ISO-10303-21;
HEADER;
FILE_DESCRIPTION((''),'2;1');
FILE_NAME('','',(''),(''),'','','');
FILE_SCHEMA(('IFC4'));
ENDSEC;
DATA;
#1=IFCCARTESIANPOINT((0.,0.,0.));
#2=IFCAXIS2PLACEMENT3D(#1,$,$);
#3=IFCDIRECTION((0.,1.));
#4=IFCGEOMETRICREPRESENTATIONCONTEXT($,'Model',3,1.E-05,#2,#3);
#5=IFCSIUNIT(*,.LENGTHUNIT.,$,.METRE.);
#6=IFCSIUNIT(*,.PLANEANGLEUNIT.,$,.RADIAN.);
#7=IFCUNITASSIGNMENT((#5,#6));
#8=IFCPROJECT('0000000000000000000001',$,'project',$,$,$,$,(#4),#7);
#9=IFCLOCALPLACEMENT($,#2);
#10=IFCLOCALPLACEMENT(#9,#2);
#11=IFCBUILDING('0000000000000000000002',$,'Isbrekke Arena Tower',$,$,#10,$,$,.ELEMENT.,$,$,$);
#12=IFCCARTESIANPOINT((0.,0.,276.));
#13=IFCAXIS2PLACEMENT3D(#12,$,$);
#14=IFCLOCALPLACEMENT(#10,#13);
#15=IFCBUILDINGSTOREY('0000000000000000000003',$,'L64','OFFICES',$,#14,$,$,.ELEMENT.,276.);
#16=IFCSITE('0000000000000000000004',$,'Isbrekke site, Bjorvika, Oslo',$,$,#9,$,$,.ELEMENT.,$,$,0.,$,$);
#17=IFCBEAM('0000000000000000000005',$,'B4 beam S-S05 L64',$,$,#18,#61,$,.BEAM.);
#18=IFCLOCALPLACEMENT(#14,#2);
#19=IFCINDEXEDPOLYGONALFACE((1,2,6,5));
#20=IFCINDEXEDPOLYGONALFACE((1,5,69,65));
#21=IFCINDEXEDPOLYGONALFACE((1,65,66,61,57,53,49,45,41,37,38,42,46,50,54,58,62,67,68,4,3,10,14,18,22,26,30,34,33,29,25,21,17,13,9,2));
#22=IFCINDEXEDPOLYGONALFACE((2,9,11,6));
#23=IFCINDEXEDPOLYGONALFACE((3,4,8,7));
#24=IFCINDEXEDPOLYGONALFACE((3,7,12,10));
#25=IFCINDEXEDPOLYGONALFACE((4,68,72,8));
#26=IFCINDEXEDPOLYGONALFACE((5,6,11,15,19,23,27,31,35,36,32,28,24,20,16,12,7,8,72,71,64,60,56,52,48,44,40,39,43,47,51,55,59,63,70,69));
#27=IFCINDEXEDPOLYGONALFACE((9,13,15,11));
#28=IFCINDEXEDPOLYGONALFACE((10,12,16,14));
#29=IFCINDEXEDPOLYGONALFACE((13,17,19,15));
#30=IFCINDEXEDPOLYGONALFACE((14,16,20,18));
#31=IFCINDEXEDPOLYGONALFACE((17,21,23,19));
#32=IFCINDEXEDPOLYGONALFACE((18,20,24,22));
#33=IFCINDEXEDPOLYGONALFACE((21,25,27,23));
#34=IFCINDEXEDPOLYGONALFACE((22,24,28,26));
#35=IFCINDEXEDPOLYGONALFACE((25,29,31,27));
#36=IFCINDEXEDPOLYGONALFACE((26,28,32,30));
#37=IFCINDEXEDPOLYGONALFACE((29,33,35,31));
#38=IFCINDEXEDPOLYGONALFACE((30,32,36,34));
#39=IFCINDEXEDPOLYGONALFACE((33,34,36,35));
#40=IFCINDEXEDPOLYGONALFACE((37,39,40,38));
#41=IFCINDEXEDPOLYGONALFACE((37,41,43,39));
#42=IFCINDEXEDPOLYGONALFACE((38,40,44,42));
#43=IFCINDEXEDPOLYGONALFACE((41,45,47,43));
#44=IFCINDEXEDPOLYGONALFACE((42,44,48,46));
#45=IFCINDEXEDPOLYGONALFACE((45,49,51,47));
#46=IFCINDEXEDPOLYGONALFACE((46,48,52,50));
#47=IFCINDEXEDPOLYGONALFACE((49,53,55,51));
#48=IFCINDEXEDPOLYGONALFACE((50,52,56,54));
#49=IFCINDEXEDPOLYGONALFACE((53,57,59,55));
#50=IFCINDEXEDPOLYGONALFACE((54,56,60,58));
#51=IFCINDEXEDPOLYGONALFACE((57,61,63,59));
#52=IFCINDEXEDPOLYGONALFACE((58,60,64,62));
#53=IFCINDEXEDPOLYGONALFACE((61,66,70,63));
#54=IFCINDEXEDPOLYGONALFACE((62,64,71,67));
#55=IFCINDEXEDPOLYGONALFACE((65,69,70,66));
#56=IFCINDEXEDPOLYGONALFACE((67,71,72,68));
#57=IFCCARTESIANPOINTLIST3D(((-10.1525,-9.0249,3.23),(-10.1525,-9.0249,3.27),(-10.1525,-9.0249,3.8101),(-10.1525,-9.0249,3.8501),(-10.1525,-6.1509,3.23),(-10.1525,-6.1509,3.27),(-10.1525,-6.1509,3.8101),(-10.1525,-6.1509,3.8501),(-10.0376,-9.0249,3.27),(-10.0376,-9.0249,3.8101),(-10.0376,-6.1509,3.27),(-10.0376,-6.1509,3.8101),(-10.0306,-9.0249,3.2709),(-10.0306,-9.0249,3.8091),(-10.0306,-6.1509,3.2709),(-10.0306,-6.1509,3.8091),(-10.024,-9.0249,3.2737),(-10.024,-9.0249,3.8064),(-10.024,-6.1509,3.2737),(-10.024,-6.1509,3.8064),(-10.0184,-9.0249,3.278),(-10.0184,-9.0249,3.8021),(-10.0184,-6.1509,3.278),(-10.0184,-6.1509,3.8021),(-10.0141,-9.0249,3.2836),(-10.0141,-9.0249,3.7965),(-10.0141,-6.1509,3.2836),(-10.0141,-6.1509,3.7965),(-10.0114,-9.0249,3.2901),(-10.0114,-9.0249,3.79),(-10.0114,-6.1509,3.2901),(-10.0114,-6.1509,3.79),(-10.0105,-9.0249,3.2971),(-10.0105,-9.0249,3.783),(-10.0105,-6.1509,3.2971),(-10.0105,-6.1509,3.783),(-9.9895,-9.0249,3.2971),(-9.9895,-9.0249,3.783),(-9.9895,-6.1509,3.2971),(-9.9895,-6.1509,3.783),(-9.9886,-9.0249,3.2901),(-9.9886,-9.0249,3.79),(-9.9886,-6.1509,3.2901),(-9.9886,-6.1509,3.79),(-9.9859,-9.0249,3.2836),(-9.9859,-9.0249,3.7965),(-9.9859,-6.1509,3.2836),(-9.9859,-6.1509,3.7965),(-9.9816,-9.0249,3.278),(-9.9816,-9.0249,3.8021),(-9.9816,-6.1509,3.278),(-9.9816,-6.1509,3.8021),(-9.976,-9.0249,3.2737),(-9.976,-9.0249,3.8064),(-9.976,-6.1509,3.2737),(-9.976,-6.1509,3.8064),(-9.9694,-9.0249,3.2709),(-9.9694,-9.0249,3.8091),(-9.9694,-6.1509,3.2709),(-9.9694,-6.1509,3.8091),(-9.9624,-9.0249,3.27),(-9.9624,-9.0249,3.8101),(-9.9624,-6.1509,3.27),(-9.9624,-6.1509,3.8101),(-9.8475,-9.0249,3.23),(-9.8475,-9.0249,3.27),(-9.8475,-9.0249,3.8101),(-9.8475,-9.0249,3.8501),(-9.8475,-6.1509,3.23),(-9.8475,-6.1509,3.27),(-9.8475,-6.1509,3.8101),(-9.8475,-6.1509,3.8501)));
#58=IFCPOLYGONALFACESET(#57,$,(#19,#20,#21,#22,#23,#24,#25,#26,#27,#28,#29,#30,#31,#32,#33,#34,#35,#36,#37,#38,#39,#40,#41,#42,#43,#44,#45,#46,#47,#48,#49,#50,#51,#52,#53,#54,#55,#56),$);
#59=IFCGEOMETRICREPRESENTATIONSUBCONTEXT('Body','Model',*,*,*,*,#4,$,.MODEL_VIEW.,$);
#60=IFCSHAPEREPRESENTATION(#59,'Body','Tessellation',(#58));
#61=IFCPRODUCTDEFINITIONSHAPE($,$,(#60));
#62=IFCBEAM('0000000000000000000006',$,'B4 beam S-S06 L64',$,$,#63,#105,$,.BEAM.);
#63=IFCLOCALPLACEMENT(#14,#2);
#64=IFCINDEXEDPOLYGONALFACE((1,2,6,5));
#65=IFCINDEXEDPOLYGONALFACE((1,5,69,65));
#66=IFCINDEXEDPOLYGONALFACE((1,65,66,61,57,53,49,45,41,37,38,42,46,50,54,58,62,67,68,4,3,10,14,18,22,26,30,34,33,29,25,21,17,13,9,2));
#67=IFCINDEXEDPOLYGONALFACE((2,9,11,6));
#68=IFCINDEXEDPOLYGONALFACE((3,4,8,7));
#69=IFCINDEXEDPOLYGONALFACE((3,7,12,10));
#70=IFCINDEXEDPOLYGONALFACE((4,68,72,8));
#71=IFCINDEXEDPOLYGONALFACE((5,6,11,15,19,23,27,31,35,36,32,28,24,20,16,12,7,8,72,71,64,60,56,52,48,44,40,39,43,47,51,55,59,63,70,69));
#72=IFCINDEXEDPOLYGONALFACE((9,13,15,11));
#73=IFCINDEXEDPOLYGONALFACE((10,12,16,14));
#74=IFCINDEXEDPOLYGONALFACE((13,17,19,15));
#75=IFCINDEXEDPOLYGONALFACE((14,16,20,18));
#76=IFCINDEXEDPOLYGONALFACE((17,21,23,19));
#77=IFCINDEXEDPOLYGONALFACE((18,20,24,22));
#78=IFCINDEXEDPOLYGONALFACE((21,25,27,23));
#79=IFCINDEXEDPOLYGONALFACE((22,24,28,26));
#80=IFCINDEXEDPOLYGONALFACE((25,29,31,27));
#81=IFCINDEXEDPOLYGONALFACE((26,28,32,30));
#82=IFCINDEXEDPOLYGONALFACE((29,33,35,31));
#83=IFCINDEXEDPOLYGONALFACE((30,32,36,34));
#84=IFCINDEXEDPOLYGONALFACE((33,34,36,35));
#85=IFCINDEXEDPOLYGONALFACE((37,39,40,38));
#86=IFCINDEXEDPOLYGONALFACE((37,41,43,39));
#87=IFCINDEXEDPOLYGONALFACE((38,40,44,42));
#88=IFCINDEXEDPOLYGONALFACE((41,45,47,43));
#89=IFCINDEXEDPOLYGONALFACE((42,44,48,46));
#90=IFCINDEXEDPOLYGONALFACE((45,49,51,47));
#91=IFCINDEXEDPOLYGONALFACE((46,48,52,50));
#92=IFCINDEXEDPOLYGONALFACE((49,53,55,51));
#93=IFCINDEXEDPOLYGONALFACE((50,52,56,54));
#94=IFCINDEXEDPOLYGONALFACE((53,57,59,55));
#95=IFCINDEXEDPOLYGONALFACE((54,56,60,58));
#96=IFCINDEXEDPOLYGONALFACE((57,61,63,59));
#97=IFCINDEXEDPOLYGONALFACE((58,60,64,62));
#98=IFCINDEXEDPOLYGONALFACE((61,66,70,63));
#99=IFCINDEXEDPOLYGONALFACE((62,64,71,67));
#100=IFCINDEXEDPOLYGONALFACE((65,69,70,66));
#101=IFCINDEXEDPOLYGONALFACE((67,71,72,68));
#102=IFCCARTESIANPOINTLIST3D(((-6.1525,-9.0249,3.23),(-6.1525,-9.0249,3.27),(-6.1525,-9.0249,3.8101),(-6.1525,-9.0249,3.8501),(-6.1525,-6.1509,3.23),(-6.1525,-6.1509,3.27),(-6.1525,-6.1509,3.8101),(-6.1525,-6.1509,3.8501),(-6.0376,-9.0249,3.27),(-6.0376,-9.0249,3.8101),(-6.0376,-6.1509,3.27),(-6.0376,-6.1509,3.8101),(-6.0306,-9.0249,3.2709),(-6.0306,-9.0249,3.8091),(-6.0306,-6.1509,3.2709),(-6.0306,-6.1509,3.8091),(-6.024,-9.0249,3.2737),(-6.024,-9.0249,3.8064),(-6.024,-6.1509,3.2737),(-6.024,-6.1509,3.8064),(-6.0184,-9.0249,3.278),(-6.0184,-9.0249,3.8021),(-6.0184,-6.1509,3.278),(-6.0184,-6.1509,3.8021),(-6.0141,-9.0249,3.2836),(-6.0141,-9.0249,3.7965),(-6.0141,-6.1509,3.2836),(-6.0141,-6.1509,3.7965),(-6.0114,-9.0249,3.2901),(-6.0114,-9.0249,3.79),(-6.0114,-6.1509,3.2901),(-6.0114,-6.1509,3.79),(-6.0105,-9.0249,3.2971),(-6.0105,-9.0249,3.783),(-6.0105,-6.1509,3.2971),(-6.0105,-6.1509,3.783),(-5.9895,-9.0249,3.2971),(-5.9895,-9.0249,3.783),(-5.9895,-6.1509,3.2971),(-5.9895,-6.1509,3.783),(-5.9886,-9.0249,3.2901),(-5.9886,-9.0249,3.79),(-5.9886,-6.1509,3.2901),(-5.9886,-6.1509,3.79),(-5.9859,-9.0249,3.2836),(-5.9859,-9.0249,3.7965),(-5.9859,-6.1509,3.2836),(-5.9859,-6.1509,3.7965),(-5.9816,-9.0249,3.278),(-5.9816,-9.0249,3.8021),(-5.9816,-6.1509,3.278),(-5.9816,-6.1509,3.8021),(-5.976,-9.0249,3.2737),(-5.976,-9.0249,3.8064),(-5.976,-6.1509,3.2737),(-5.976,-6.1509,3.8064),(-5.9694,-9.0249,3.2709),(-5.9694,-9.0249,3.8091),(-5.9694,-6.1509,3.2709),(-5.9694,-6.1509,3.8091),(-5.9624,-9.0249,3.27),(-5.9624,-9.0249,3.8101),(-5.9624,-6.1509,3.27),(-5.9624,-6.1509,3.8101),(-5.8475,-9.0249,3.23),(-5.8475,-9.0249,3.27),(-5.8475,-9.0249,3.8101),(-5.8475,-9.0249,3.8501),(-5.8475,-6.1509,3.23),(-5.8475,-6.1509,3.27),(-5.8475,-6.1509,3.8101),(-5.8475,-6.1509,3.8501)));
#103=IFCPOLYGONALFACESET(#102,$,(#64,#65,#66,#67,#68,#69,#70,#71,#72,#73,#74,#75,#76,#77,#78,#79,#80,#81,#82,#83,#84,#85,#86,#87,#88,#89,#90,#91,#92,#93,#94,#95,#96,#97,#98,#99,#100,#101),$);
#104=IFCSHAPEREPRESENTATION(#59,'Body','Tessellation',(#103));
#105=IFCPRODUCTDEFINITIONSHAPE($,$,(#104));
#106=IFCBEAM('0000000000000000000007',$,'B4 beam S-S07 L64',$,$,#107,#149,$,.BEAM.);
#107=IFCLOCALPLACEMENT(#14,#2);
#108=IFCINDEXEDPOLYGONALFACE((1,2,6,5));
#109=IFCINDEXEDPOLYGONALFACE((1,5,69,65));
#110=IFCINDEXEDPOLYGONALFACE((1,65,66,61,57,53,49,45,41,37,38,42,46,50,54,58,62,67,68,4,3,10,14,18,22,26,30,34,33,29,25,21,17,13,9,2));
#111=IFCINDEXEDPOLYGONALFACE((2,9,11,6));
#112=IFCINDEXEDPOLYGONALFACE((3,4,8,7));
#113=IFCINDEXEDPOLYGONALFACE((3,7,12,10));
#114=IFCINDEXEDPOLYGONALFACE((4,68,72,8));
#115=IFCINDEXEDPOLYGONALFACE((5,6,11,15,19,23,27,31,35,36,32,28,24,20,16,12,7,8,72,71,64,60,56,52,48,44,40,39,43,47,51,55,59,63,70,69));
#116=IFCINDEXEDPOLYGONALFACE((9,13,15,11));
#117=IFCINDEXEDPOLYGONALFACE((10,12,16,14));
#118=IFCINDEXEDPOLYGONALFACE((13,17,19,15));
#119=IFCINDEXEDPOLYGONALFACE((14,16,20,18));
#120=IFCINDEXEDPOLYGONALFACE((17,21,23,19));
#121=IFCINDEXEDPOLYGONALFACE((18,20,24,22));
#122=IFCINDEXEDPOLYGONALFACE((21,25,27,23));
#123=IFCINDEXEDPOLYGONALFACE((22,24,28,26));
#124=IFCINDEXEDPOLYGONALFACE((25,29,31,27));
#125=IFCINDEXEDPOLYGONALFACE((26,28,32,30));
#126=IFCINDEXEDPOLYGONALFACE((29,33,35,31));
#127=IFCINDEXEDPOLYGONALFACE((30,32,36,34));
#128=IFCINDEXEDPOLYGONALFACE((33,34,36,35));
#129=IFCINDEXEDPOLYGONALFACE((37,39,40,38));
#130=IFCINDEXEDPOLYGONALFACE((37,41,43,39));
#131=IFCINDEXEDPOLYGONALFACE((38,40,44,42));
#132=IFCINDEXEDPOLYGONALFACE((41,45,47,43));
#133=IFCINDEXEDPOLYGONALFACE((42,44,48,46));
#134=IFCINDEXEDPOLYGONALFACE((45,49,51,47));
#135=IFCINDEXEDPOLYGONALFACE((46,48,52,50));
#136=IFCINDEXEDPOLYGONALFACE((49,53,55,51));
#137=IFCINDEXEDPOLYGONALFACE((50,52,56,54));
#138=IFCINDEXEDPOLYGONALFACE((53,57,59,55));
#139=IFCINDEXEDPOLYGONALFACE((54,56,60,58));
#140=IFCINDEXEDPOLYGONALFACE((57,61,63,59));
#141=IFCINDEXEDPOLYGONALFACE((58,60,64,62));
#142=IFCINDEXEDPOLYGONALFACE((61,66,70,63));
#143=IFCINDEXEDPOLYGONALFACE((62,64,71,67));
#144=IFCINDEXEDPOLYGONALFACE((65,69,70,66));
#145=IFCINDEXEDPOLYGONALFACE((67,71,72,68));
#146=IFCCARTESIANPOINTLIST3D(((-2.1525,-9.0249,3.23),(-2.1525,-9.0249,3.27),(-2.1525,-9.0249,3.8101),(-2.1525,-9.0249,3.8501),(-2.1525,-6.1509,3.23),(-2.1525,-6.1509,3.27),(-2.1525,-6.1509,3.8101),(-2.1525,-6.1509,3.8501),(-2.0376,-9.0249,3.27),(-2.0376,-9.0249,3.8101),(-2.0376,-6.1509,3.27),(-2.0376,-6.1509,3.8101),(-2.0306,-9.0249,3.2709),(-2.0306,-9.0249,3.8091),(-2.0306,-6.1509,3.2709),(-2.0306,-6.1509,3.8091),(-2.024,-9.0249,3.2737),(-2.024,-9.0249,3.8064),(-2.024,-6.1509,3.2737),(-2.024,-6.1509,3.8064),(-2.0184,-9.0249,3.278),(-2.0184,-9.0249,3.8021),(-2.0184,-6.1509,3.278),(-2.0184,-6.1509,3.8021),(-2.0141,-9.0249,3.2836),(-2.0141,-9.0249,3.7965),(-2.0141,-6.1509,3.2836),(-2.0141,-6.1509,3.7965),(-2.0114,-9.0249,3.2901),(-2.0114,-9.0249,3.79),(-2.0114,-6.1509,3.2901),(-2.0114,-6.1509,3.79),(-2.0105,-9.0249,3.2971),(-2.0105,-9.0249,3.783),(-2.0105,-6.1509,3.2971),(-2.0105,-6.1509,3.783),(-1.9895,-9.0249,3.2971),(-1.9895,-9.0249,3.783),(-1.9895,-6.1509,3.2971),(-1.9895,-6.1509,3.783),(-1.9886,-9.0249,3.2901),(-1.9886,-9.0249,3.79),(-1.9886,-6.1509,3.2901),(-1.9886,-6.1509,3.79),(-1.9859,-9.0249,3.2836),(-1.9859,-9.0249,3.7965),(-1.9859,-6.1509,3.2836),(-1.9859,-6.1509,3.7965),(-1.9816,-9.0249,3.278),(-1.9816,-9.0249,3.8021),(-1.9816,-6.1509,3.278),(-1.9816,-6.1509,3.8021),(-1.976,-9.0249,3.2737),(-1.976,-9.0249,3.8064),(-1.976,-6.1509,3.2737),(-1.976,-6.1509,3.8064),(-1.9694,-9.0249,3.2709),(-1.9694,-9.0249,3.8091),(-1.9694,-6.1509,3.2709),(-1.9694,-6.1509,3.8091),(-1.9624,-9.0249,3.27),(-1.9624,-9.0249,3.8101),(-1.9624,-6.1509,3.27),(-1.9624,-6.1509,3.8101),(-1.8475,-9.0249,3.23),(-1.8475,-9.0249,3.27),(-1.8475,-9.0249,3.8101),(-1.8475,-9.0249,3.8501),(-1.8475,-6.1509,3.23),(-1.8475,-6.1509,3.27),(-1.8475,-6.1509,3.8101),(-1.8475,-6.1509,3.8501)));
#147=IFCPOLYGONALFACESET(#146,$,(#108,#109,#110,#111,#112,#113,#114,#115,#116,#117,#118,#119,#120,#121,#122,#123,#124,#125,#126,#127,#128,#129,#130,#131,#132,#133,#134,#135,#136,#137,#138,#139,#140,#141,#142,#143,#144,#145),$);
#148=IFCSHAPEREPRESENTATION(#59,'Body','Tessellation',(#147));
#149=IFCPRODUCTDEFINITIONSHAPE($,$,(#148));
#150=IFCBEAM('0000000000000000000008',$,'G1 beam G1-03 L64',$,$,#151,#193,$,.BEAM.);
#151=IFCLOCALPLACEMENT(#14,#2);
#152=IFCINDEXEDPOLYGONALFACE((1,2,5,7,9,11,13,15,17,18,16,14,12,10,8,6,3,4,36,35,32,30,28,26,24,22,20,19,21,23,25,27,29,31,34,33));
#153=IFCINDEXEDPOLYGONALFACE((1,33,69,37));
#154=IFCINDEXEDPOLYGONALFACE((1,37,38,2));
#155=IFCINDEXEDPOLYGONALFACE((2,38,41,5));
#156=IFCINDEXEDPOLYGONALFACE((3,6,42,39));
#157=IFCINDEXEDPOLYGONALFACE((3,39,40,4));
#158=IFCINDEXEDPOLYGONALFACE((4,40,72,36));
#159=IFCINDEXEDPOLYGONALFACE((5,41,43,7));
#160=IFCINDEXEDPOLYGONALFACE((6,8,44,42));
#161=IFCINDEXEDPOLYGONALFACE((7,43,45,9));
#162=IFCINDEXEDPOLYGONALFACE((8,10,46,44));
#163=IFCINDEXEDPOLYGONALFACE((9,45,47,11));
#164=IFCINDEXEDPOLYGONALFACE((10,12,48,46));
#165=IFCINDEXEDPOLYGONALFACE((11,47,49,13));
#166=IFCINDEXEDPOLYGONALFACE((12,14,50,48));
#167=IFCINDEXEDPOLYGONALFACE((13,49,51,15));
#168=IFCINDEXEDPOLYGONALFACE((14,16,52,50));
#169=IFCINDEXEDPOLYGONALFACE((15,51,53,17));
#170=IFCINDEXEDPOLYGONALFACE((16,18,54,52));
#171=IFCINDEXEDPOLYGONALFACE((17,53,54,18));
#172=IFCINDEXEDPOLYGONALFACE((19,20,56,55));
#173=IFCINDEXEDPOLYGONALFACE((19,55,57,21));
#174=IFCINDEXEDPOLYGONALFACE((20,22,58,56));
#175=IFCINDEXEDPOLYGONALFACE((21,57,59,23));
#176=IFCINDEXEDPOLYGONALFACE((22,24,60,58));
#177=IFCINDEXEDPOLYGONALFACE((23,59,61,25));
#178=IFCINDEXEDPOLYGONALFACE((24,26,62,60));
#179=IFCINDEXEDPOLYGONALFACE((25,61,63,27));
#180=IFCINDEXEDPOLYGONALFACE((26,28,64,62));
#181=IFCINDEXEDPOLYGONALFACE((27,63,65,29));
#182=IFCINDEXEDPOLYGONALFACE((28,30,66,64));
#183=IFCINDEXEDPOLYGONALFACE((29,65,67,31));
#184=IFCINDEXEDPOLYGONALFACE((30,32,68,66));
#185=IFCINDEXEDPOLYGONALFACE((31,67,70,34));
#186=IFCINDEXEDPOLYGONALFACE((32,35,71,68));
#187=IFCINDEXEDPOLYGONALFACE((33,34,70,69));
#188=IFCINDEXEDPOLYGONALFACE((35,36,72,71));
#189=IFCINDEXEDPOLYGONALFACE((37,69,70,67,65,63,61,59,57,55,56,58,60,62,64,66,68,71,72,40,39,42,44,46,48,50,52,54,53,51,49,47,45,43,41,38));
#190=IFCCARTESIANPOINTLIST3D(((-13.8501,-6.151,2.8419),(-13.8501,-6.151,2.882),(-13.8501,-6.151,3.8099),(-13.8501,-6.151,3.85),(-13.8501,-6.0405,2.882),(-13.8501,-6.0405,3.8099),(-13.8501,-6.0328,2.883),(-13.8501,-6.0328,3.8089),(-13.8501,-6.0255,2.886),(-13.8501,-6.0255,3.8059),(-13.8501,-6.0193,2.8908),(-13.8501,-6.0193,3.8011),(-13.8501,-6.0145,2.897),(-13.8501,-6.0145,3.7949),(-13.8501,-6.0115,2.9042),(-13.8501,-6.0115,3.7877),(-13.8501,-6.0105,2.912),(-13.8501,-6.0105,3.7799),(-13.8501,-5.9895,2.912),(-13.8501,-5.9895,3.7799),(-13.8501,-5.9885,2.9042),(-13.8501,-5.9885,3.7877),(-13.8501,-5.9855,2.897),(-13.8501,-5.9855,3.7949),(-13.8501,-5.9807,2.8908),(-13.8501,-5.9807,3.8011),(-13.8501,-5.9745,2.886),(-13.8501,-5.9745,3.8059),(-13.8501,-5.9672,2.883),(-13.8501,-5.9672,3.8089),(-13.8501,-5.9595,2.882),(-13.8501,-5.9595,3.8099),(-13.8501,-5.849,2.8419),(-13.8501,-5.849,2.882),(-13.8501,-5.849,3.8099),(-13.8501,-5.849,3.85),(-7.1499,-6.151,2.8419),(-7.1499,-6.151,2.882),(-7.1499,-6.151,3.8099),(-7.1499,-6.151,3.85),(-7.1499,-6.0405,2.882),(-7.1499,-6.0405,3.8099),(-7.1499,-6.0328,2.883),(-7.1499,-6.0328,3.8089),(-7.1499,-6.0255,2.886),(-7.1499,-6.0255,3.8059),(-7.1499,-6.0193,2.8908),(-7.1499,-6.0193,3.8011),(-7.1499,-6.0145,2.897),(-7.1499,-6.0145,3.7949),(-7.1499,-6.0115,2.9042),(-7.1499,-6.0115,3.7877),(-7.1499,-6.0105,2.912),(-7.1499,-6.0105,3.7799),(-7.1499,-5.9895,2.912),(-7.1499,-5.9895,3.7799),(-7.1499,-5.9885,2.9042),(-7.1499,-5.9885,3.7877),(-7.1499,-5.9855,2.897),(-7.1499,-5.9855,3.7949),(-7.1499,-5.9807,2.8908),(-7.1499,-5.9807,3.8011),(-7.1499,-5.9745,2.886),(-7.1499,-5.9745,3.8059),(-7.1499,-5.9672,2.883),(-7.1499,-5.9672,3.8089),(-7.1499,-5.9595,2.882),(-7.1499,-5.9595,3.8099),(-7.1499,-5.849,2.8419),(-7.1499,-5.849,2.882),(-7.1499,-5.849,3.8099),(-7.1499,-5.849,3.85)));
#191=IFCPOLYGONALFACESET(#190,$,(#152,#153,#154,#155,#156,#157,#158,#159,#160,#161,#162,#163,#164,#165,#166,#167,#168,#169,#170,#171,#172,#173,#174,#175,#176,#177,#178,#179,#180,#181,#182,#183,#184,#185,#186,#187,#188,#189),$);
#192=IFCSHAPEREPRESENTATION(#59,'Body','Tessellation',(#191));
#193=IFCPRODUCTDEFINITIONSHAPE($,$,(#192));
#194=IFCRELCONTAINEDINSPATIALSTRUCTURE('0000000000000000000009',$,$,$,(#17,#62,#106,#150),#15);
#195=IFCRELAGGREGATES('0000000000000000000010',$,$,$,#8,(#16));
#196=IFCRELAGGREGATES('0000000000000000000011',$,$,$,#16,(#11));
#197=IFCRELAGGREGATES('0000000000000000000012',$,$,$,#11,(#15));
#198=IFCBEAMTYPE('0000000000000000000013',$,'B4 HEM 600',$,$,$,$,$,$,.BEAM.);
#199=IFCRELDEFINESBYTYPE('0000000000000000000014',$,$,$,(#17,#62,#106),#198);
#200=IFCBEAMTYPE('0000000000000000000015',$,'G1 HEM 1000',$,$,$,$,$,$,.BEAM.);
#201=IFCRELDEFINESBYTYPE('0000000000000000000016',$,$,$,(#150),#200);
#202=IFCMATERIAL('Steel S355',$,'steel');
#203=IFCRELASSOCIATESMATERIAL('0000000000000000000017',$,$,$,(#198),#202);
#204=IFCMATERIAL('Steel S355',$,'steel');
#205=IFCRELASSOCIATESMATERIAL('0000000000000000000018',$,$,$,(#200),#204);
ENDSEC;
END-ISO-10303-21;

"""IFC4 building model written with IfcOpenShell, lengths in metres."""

from ifc_helpers import new_model, si_unit, direction, frame, origin, origin_2d, place, context, subcontext, project, spatial, i_section, extrude, material, material_profile, profile_set, type_object, element, save


model = new_model("IFC4")

# Units and contexts
model_context = context("Model", 3, precision=1e-05, world=origin(), true_north=direction((0.0, 1.0)))
body_context = subcontext(model_context, "Body", "Model", "MODEL_VIEW")
ifc_project = project(units=[si_unit("LENGTHUNIT", "METRE"), si_unit("PLANEANGLEUNIT", "RADIAN")], contexts=[model_context])

# Site, building, storey
site_placement = place(None, origin())
site = spatial("IfcSite", under=ifc_project, at=site_placement, Name="Isbrekke site, Bjorvika, Oslo", CompositionType="ELEMENT", RefElevation=0.0)
building_placement = place(site_placement, origin())
building = spatial("IfcBuilding", under=site, at=building_placement, Name="Isbrekke Arena Tower", CompositionType="ELEMENT")
storey_placement = place(building_placement, frame((0.0, 0.0, 276.0)))
storey = spatial("IfcBuildingStorey", under=building, at=storey_placement, Name="L64", Description="OFFICES", CompositionType="ELEMENT", Elevation=276.0)

# Beams
ifc_material_1 = material(Name="Steel S355", Category="steel")
ifc_material_profile_1 = material_profile(ifc_material_1, i_section(OverallWidth=0.3049, OverallDepth=0.6201, WebThickness=0.021, FlangeThickness=0.04, FilletRadius=0.0271, at=origin_2d()), Name="HEM 600")
ifc_profile_set_1 = profile_set([ifc_material_profile_1], Name="Steel S355")
beam_type_1 = type_object("IfcBeamType", Name="B4 HEM 600", PredefinedType="BEAM", material=ifc_profile_set_1)
for number, where, z_axis, x_axis, name in (
    (1, (-10.0, -9.0249, 3.54), (0.0, 1.0, 0.0), (-1.0, 0.0, 0.0), "B4 beam S-S05 L64"),
    (2, (-6.0, -9.0249, 3.54), (0.0, 1.0, 0.0), (-1.0, 0.0, 0.0), "B4 beam S-S06 L64"),
    (3, (-2.0, -9.0249, 3.54), (0.0, 1.0, 0.0), (-1.0, 0.0, 0.0), "B4 beam S-S07 L64"),
):
    element("IfcBeam", number, at=place(storey_placement, frame(where, z_axis=z_axis, x_axis=x_axis)), inside=storey, type_object=beam_type_1, Name=name, PredefinedType="BEAM", context=body_context, shape_type="SweptSolid", body=[
        extrude(i_section(OverallWidth=0.3049, OverallDepth=0.6201, WebThickness=0.021, FlangeThickness=0.04, FilletRadius=0.0271, at=origin_2d()), origin(), (0.0, 0.0, 1.0), 2.874),
    ])
ifc_material_2 = material(Name="Steel S355", Category="steel")
ifc_material_profile_2 = material_profile(ifc_material_2, i_section(OverallWidth=0.302, OverallDepth=1.0081, WebThickness=0.021, FlangeThickness=0.04, FilletRadius=0.03, at=origin_2d()), Name="HEM 1000")
ifc_profile_set_2 = profile_set([ifc_material_profile_2], Name="Steel S355")
beam_type_2 = type_object("IfcBeamType", Name="G1 HEM 1000", PredefinedType="BEAM", material=ifc_profile_set_2)
for number, where, z_axis, x_axis, name in (
    (4, (-13.8501, -6.0, 3.3459), (1.0, 0.0, 0.0), (0.0, 1.0, 0.0), "G1 beam G1-03 L64"),
):
    element("IfcBeam", number, at=place(storey_placement, frame(where, z_axis=z_axis, x_axis=x_axis)), inside=storey, type_object=beam_type_2, Name=name, PredefinedType="BEAM", context=body_context, shape_type="SweptSolid", body=[
        extrude(i_section(OverallWidth=0.302, OverallDepth=1.0081, WebThickness=0.021, FlangeThickness=0.04, FilletRadius=0.03, at=origin_2d()), origin(), (0.0, 0.0, 1.0), 6.7002),
    ])

save(model, "model.ifc")
